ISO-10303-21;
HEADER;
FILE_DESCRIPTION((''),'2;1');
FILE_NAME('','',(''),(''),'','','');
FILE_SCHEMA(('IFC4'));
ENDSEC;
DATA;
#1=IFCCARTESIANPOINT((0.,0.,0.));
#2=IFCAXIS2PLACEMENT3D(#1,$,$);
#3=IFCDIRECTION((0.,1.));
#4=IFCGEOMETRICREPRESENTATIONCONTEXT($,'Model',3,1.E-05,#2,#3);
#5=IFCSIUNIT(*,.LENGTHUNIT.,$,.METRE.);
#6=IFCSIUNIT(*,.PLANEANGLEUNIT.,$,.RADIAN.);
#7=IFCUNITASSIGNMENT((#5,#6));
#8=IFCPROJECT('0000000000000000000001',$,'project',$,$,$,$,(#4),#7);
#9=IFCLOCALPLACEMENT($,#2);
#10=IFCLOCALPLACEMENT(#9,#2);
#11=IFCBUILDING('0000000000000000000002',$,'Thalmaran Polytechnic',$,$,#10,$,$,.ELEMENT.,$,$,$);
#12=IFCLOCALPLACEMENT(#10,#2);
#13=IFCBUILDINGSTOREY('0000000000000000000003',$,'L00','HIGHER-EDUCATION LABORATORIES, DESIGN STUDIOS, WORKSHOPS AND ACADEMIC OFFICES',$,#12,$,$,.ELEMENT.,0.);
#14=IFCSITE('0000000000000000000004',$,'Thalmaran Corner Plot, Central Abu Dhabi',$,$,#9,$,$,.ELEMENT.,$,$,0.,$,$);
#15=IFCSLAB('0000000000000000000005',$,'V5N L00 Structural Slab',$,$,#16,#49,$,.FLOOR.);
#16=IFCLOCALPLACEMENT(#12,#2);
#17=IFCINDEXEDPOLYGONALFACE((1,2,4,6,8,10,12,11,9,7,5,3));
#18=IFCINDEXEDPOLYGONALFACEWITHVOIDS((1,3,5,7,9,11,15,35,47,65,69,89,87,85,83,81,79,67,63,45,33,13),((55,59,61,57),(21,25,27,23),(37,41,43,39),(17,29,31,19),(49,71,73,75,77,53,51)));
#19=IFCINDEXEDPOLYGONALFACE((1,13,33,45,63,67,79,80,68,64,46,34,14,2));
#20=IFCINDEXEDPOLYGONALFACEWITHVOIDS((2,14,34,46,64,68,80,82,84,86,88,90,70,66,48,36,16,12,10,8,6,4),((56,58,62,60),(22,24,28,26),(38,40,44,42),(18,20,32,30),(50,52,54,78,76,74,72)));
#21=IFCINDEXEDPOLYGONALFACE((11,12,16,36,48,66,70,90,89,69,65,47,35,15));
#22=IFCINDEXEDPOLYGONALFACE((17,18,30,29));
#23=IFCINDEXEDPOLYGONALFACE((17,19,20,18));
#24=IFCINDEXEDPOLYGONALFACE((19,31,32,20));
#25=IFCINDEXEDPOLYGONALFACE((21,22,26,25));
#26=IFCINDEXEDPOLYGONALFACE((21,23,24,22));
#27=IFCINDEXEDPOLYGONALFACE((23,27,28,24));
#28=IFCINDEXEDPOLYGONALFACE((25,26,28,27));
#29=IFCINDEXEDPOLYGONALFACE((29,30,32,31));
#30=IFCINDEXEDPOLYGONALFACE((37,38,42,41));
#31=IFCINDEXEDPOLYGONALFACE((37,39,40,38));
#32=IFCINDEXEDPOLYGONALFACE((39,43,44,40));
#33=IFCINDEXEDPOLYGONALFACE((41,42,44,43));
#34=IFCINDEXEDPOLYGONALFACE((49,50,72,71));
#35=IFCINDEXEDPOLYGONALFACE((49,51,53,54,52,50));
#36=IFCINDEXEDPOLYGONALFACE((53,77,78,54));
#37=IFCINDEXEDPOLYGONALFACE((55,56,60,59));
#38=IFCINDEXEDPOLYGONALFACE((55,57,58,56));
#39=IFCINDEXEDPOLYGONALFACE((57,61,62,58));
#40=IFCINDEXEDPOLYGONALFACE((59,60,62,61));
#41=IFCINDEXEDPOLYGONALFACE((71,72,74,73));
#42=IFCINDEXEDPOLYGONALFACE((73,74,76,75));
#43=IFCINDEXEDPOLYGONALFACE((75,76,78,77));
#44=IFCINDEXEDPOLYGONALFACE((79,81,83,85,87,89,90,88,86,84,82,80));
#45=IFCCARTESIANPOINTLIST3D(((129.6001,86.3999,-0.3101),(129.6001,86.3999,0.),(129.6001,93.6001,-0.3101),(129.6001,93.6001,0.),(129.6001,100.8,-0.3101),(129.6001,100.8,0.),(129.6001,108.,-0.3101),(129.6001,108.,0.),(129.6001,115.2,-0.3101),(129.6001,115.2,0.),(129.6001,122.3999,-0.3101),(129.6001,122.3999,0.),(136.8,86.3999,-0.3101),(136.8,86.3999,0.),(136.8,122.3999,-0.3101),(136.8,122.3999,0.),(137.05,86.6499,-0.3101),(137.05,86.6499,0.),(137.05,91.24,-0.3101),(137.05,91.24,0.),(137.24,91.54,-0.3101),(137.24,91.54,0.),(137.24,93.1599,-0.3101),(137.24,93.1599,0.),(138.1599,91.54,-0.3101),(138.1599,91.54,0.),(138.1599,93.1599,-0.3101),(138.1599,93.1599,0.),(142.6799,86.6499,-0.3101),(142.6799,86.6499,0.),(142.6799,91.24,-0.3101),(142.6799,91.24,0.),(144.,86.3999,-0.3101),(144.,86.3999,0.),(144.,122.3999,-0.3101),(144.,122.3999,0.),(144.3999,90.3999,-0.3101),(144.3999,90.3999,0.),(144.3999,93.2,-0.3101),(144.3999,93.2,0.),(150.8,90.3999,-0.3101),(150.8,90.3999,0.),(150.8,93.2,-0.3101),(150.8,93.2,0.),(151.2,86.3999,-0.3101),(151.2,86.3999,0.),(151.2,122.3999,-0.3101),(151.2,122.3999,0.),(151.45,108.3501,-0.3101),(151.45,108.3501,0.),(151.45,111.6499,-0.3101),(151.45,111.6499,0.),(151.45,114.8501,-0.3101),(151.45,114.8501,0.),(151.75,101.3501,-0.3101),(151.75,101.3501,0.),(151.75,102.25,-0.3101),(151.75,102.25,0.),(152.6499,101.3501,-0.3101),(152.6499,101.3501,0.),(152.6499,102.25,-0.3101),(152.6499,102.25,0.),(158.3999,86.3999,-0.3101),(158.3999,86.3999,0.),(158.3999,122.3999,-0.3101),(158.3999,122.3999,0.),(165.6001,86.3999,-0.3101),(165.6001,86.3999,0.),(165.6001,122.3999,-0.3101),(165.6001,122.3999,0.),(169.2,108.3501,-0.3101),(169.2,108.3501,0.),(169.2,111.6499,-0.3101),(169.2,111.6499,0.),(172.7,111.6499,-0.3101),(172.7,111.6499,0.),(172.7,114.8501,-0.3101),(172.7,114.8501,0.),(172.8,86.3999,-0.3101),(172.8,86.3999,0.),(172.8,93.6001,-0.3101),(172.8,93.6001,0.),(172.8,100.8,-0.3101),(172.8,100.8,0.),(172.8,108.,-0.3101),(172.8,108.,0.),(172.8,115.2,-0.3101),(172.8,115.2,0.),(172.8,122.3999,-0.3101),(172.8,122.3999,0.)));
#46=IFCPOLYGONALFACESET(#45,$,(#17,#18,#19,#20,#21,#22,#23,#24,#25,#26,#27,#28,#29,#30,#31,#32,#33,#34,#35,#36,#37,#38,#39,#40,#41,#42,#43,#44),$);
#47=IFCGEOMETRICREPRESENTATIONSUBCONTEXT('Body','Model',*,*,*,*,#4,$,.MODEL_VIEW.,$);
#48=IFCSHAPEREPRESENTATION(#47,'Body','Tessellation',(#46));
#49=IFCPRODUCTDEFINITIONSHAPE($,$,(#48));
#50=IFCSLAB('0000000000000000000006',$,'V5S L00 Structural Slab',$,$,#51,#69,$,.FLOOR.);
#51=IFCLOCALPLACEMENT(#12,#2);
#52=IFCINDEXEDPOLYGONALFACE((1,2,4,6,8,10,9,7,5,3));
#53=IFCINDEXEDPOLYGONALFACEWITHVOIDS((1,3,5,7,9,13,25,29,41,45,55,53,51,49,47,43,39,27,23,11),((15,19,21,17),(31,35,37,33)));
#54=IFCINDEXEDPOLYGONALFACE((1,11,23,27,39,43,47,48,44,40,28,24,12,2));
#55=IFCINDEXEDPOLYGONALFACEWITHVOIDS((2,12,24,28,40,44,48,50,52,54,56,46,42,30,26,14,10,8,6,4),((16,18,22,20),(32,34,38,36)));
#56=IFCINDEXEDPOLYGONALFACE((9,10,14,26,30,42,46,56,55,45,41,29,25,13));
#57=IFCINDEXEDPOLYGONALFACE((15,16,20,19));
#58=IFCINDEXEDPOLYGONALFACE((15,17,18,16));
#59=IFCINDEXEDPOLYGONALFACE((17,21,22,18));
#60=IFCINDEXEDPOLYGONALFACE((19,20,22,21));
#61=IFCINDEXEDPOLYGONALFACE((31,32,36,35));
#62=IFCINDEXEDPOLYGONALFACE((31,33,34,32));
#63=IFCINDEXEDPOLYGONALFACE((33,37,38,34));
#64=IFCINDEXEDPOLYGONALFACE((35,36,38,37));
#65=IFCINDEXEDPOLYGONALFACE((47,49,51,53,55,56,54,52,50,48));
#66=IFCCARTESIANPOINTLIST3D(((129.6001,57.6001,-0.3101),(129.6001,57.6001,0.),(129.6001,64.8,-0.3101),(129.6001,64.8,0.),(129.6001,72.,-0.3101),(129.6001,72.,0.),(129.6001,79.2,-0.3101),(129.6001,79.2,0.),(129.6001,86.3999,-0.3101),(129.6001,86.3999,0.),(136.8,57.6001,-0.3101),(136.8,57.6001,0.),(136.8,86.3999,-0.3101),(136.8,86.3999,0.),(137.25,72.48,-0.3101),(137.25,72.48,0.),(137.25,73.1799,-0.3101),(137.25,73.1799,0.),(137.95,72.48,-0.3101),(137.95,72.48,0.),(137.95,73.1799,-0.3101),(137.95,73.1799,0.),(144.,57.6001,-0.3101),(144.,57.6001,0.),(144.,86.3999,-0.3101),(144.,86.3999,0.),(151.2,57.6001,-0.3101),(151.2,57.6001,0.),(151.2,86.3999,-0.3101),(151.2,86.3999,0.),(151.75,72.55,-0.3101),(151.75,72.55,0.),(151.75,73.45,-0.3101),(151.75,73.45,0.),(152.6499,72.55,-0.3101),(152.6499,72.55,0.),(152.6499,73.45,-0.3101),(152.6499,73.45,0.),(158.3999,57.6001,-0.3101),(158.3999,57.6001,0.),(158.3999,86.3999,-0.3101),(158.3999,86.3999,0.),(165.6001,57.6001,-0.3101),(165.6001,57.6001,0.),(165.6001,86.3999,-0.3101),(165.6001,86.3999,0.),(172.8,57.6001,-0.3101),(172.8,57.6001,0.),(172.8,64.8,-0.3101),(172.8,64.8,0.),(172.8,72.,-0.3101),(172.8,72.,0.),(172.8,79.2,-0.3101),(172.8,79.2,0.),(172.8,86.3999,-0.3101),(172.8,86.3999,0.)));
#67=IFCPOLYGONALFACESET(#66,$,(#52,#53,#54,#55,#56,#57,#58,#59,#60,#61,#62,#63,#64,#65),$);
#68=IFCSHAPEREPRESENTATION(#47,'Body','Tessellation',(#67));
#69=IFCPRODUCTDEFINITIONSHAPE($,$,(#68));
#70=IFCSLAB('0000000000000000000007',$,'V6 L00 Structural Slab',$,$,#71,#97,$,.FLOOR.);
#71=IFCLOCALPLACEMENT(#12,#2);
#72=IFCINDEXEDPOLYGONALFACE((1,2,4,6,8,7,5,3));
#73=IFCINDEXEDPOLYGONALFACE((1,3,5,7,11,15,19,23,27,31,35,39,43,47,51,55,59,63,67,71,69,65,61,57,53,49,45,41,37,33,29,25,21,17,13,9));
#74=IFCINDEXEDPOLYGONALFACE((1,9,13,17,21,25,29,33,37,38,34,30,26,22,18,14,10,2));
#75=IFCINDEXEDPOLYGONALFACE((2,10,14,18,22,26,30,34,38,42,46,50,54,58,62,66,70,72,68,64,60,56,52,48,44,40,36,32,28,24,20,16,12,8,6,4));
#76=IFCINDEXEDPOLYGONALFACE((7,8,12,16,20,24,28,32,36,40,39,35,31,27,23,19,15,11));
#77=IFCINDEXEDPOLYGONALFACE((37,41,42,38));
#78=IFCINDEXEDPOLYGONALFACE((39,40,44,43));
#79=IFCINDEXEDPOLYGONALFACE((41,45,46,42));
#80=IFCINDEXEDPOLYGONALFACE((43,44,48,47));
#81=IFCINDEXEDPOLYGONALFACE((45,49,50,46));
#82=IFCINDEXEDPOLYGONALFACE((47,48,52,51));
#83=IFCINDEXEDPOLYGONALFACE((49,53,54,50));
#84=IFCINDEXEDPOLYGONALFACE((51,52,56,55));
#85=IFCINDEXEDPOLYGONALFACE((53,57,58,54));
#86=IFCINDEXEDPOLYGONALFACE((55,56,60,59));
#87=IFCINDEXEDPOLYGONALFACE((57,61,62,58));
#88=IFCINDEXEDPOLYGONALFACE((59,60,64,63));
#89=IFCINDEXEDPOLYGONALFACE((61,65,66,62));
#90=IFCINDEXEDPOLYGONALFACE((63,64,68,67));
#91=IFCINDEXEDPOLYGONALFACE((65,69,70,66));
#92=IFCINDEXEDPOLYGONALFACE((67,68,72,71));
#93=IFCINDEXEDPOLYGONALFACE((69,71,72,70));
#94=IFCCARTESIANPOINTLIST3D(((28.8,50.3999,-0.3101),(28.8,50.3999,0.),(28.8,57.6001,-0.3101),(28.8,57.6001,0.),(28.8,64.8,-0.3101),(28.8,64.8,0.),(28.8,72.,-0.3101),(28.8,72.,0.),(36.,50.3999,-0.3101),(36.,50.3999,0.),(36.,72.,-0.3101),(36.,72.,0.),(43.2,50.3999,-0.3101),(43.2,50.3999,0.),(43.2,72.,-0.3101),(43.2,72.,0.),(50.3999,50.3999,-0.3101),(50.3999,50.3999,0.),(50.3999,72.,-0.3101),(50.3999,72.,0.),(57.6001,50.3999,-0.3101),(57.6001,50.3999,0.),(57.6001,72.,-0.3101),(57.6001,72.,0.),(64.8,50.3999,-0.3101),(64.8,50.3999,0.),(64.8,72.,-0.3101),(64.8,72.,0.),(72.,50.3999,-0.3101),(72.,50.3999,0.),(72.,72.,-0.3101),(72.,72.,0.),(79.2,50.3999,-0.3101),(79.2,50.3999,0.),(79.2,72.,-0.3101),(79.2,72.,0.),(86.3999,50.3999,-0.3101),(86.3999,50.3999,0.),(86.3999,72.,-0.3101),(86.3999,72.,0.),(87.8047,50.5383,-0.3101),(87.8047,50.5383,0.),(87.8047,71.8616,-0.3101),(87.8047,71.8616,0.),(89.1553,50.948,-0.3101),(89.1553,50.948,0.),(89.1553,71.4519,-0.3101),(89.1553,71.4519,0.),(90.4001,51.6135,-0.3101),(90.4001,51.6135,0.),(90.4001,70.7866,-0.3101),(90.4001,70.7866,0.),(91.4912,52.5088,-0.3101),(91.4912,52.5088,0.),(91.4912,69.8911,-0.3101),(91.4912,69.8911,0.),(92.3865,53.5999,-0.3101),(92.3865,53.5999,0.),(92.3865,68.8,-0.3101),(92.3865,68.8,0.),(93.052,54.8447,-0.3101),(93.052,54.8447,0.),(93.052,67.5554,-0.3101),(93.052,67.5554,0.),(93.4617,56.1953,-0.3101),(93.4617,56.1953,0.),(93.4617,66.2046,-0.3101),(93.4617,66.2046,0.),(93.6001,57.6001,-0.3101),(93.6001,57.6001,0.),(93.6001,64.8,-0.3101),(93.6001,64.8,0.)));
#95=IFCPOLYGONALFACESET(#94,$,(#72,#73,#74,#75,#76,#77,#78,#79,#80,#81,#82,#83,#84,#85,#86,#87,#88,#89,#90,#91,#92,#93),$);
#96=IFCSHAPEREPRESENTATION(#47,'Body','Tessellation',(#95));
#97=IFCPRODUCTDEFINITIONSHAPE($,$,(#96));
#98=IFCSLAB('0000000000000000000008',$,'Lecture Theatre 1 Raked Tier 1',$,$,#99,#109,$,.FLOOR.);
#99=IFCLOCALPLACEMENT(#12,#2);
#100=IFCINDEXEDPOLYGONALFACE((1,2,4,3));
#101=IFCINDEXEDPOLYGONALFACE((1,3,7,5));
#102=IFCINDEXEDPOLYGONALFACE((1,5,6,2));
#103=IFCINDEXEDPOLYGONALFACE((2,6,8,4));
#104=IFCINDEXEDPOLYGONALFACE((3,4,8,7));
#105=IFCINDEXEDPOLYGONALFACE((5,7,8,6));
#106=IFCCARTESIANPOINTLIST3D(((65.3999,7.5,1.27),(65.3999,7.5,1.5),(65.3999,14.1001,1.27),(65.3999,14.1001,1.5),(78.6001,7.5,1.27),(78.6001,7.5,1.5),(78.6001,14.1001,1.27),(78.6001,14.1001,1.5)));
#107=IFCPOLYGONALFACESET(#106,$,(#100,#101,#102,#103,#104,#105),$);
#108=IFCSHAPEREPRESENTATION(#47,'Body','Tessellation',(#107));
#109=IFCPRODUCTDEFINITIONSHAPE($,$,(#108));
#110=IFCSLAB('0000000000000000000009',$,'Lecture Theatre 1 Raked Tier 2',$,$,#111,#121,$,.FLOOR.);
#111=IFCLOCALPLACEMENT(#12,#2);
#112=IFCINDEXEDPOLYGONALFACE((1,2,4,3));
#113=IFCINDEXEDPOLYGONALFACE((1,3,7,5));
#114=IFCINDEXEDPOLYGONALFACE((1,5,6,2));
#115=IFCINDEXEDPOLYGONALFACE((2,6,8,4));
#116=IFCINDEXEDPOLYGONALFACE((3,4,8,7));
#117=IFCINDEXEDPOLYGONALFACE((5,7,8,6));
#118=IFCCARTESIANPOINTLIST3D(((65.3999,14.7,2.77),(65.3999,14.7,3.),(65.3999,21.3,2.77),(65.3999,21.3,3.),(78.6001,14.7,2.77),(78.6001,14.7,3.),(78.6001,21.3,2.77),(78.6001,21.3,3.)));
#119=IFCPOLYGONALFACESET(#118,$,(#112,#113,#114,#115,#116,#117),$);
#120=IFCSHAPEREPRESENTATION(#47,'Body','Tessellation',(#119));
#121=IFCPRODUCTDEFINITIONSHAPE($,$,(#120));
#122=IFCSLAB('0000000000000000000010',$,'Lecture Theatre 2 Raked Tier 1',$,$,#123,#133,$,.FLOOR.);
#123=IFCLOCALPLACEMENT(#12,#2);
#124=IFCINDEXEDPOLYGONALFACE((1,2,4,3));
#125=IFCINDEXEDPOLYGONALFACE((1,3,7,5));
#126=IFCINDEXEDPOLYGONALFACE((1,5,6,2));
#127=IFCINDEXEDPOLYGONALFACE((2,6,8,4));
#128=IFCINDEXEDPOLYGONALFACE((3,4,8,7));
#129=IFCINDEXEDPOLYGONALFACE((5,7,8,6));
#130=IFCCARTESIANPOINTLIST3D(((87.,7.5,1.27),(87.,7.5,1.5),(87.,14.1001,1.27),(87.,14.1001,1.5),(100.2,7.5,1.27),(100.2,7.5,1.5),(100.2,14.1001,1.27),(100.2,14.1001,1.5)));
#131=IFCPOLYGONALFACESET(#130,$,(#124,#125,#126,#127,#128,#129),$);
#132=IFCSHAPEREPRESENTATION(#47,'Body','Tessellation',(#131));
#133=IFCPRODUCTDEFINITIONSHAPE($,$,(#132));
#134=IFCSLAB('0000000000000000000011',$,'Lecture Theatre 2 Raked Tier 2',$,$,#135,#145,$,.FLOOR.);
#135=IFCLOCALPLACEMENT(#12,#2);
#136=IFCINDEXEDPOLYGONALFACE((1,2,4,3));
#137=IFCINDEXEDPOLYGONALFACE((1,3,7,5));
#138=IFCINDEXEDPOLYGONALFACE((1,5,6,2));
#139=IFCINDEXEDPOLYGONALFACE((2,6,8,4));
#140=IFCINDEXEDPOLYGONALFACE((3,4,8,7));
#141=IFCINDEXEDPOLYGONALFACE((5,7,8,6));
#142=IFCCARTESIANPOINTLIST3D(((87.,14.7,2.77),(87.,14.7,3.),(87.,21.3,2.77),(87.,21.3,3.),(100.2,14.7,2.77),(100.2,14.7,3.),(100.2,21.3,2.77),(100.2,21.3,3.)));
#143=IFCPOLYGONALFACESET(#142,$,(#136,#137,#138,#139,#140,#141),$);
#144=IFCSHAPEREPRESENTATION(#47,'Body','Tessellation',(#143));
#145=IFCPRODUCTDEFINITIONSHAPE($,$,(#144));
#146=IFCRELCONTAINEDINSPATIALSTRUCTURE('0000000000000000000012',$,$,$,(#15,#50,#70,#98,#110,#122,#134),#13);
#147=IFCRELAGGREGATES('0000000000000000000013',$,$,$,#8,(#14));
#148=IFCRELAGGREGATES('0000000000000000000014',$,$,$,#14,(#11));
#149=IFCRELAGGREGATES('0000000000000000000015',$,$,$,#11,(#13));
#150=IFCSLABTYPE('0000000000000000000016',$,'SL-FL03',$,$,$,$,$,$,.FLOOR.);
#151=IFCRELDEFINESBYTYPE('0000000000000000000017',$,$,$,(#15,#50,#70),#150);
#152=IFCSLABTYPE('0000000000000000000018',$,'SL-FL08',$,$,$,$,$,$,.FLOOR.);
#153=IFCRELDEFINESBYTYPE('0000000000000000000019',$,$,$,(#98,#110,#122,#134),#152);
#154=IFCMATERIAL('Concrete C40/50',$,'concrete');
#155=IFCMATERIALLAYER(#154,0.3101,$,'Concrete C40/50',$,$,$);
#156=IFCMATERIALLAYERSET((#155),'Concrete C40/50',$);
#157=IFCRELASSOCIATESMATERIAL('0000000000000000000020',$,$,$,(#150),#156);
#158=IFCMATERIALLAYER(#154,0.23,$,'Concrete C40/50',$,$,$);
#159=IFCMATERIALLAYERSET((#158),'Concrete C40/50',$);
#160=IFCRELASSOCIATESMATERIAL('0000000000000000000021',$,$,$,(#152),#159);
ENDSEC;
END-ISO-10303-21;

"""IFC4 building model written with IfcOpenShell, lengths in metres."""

from ifc_helpers import new_model, si_unit, direction, frame, origin, place, context, subcontext, project, spatial, polyline, outline, extrude, material, layer, layer_set, type_object, element, save


model = new_model("IFC4")

# Units and contexts
model_context = context("Model", 3, precision=1e-05, world=origin(), true_north=direction((0.0, 1.0)))
body_context = subcontext(model_context, "Body", "Model", "MODEL_VIEW")
ifc_project = project(units=[si_unit("LENGTHUNIT", "METRE"), si_unit("PLANEANGLEUNIT", "RADIAN")], contexts=[model_context])

# Site, building, storey
site_placement = place(None, origin())
site = spatial("IfcSite", under=ifc_project, at=site_placement, Name="Thalmaran Corner Plot, Central Abu Dhabi", CompositionType="ELEMENT", RefElevation=0.0)
building_placement = place(site_placement, origin())
building = spatial("IfcBuilding", under=site, at=building_placement, Name="Thalmaran Polytechnic", CompositionType="ELEMENT")
storey_placement = place(building_placement, origin())
storey = spatial("IfcBuildingStorey", under=building, at=storey_placement, Name="L00", Description="HIGHER-EDUCATION LABORATORIES, DESIGN STUDIOS, WORKSHOPS AND ACADEMIC OFFICES", CompositionType="ELEMENT", Elevation=0.0)

# Slabs
ifc_material = material(Name="Concrete C40/50", Category="concrete")
ifc_layer_1 = layer(ifc_material, 0.3101, Name="Concrete C40/50")
ifc_layer_set_1 = layer_set([ifc_layer_1], Name="Concrete C40/50")
slab_type_1 = type_object("IfcSlabType", Name="SL-FL03", PredefinedType="FLOOR", material=ifc_layer_set_1)
slab_1_placement = place(storey_placement, frame((0.0, 0.0, -0.3101)))
element("IfcSlab", 1, at=slab_1_placement, inside=storey, type_object=slab_type_1, Name="V5N L00 Structural Slab", PredefinedType="FLOOR", context=body_context, shape_type="SweptSolid", body=[
    extrude(outline(polyline([(151.2, 122.3999), (158.3999, 122.3999), (165.6001, 122.3999), (172.8, 122.3999), (172.8, 115.2), (172.8, 108.0), (172.8, 100.8), (172.8, 93.6001), (172.8, 86.3999), (165.6001, 86.3999), (158.3999, 86.3999), (151.2, 86.3999), (144.0, 86.3999), (136.8, 86.3999), (129.6001, 86.3999), (129.6001, 93.6001), (129.6001, 100.8), (129.6001, 108.0), (129.6001, 115.2), (129.6001, 122.3999), (136.8, 122.3999), (144.0, 122.3999), (151.2, 122.3999)]), holes=[polyline([(172.7, 111.6499), (172.7, 114.8501), (151.45, 114.8501), (151.45, 111.6499), (151.45, 108.3501), (169.2, 108.3501), (169.2, 111.6499), (172.7, 111.6499)]), polyline([(152.6499, 102.25), (151.75, 102.25), (151.75, 101.3501), (152.6499, 101.3501), (152.6499, 102.25)]), polyline([(144.3999, 90.3999), (150.8, 90.3999), (150.8, 93.2), (144.3999, 93.2), (144.3999, 90.3999)]), polyline([(142.6799, 91.24), (137.05, 91.24), (137.05, 86.6499), (142.6799, 86.6499), (142.6799, 91.24)]), polyline([(138.1599, 91.54), (138.1599, 93.1599), (137.24, 93.1599), (137.24, 91.54), (138.1599, 91.54)])]), origin(), (0.0, 0.0, 1.0), 0.3101),
])
slab_2_placement = place(storey_placement, frame((0.0, 0.0, -0.3101)))
element("IfcSlab", 2, at=slab_2_placement, inside=storey, type_object=slab_type_1, Name="V5S L00 Structural Slab", PredefinedType="FLOOR", context=body_context, shape_type="SweptSolid", body=[
    extrude(outline(polyline([(136.8, 86.3999), (144.0, 86.3999), (151.2, 86.3999), (158.3999, 86.3999), (165.6001, 86.3999), (172.8, 86.3999), (172.8, 79.2), (172.8, 72.0), (172.8, 64.8), (172.8, 57.6001), (165.6001, 57.6001), (158.3999, 57.6001), (151.2, 57.6001), (144.0, 57.6001), (136.8, 57.6001), (129.6001, 57.6001), (129.6001, 64.8), (129.6001, 72.0), (129.6001, 79.2), (129.6001, 86.3999), (136.8, 86.3999)]), holes=[polyline([(152.6499, 73.45), (151.75, 73.45), (151.75, 72.55), (152.6499, 72.55), (152.6499, 73.45)]), polyline([(137.25, 73.1799), (137.25, 72.48), (137.95, 72.48), (137.95, 73.1799), (137.25, 73.1799)])]), origin(), (0.0, 0.0, 1.0), 0.3101),
])
slab_3_placement = place(storey_placement, frame((0.0, 0.0, -0.3101)))
element("IfcSlab", 3, at=slab_3_placement, inside=storey, type_object=slab_type_1, Name="V6 L00 Structural Slab", PredefinedType="FLOOR", context=body_context, shape_type="SweptSolid", body=[
    extrude(outline(polyline([(28.8, 72.0), (36.0, 72.0), (43.2, 72.0), (50.3999, 72.0), (57.6001, 72.0), (64.8, 72.0), (72.0, 72.0), (79.2, 72.0), (86.3999, 72.0), (87.8047, 71.8616), (89.1553, 71.4519), (90.4001, 70.7866), (91.4912, 69.8911), (92.3865, 68.8), (93.052, 67.5554), (93.4617, 66.2046), (93.6001, 64.8), (93.6001, 57.6001), (93.4617, 56.1953), (93.052, 54.8447), (92.3865, 53.5999), (91.4912, 52.5088), (90.4001, 51.6135), (89.1553, 50.948), (87.8047, 50.5383), (86.3999, 50.3999), (79.2, 50.3999), (72.0, 50.3999), (64.8, 50.3999), (57.6001, 50.3999), (50.3999, 50.3999), (43.2, 50.3999), (36.0, 50.3999), (28.8, 50.3999), (28.8, 57.6001), (28.8, 64.8), (28.8, 72.0)])), origin(), (0.0, 0.0, 1.0), 0.3101),
])
ifc_layer_2 = layer(ifc_material, 0.23, Name="Concrete C40/50")
ifc_layer_set_2 = layer_set([ifc_layer_2], Name="Concrete C40/50")
slab_type_2 = type_object("IfcSlabType", Name="SL-FL08", PredefinedType="FLOOR", material=ifc_layer_set_2)
slab_4_placement = place(storey_placement, frame((0.0, 0.0, 1.27)))
element("IfcSlab", 4, at=slab_4_placement, inside=storey, type_object=slab_type_2, Name="Lecture Theatre 1 Raked Tier 1", PredefinedType="FLOOR", context=body_context, shape_type="SweptSolid", body=[
    extrude(outline(polyline([(65.3999, 7.5), (78.6001, 7.5), (78.6001, 14.1001), (65.3999, 14.1001), (65.3999, 7.5)])), origin(), (0.0, 0.0, 1.0), 0.23),
])
slab_5_placement = place(storey_placement, frame((0.0, 0.0, 2.77)))
element("IfcSlab", 5, at=slab_5_placement, inside=storey, type_object=slab_type_2, Name="Lecture Theatre 1 Raked Tier 2", PredefinedType="FLOOR", context=body_context, shape_type="SweptSolid", body=[
    extrude(outline(polyline([(65.3999, 14.7), (78.6001, 14.7), (78.6001, 21.3), (65.3999, 21.3), (65.3999, 14.7)])), origin(), (0.0, 0.0, 1.0), 0.23),
])
slab_6_placement = place(storey_placement, frame((0.0, 0.0, 1.27)))
element("IfcSlab", 6, at=slab_6_placement, inside=storey, type_object=slab_type_2, Name="Lecture Theatre 2 Raked Tier 1", PredefinedType="FLOOR", context=body_context, shape_type="SweptSolid", body=[
    extrude(outline(polyline([(87.0, 7.5), (100.2, 7.5), (100.2, 14.1001), (87.0, 14.1001), (87.0, 7.5)])), origin(), (0.0, 0.0, 1.0), 0.23),
])
slab_7_placement = place(storey_placement, frame((0.0, 0.0, 2.77)))
element("IfcSlab", 7, at=slab_7_placement, inside=storey, type_object=slab_type_2, Name="Lecture Theatre 2 Raked Tier 2", PredefinedType="FLOOR", context=body_context, shape_type="SweptSolid", body=[
    extrude(outline(polyline([(87.0, 14.7), (100.2, 14.7), (100.2, 21.3), (87.0, 21.3), (87.0, 14.7)])), origin(), (0.0, 0.0, 1.0), 0.23),
])

save(model, "model.ifc")
